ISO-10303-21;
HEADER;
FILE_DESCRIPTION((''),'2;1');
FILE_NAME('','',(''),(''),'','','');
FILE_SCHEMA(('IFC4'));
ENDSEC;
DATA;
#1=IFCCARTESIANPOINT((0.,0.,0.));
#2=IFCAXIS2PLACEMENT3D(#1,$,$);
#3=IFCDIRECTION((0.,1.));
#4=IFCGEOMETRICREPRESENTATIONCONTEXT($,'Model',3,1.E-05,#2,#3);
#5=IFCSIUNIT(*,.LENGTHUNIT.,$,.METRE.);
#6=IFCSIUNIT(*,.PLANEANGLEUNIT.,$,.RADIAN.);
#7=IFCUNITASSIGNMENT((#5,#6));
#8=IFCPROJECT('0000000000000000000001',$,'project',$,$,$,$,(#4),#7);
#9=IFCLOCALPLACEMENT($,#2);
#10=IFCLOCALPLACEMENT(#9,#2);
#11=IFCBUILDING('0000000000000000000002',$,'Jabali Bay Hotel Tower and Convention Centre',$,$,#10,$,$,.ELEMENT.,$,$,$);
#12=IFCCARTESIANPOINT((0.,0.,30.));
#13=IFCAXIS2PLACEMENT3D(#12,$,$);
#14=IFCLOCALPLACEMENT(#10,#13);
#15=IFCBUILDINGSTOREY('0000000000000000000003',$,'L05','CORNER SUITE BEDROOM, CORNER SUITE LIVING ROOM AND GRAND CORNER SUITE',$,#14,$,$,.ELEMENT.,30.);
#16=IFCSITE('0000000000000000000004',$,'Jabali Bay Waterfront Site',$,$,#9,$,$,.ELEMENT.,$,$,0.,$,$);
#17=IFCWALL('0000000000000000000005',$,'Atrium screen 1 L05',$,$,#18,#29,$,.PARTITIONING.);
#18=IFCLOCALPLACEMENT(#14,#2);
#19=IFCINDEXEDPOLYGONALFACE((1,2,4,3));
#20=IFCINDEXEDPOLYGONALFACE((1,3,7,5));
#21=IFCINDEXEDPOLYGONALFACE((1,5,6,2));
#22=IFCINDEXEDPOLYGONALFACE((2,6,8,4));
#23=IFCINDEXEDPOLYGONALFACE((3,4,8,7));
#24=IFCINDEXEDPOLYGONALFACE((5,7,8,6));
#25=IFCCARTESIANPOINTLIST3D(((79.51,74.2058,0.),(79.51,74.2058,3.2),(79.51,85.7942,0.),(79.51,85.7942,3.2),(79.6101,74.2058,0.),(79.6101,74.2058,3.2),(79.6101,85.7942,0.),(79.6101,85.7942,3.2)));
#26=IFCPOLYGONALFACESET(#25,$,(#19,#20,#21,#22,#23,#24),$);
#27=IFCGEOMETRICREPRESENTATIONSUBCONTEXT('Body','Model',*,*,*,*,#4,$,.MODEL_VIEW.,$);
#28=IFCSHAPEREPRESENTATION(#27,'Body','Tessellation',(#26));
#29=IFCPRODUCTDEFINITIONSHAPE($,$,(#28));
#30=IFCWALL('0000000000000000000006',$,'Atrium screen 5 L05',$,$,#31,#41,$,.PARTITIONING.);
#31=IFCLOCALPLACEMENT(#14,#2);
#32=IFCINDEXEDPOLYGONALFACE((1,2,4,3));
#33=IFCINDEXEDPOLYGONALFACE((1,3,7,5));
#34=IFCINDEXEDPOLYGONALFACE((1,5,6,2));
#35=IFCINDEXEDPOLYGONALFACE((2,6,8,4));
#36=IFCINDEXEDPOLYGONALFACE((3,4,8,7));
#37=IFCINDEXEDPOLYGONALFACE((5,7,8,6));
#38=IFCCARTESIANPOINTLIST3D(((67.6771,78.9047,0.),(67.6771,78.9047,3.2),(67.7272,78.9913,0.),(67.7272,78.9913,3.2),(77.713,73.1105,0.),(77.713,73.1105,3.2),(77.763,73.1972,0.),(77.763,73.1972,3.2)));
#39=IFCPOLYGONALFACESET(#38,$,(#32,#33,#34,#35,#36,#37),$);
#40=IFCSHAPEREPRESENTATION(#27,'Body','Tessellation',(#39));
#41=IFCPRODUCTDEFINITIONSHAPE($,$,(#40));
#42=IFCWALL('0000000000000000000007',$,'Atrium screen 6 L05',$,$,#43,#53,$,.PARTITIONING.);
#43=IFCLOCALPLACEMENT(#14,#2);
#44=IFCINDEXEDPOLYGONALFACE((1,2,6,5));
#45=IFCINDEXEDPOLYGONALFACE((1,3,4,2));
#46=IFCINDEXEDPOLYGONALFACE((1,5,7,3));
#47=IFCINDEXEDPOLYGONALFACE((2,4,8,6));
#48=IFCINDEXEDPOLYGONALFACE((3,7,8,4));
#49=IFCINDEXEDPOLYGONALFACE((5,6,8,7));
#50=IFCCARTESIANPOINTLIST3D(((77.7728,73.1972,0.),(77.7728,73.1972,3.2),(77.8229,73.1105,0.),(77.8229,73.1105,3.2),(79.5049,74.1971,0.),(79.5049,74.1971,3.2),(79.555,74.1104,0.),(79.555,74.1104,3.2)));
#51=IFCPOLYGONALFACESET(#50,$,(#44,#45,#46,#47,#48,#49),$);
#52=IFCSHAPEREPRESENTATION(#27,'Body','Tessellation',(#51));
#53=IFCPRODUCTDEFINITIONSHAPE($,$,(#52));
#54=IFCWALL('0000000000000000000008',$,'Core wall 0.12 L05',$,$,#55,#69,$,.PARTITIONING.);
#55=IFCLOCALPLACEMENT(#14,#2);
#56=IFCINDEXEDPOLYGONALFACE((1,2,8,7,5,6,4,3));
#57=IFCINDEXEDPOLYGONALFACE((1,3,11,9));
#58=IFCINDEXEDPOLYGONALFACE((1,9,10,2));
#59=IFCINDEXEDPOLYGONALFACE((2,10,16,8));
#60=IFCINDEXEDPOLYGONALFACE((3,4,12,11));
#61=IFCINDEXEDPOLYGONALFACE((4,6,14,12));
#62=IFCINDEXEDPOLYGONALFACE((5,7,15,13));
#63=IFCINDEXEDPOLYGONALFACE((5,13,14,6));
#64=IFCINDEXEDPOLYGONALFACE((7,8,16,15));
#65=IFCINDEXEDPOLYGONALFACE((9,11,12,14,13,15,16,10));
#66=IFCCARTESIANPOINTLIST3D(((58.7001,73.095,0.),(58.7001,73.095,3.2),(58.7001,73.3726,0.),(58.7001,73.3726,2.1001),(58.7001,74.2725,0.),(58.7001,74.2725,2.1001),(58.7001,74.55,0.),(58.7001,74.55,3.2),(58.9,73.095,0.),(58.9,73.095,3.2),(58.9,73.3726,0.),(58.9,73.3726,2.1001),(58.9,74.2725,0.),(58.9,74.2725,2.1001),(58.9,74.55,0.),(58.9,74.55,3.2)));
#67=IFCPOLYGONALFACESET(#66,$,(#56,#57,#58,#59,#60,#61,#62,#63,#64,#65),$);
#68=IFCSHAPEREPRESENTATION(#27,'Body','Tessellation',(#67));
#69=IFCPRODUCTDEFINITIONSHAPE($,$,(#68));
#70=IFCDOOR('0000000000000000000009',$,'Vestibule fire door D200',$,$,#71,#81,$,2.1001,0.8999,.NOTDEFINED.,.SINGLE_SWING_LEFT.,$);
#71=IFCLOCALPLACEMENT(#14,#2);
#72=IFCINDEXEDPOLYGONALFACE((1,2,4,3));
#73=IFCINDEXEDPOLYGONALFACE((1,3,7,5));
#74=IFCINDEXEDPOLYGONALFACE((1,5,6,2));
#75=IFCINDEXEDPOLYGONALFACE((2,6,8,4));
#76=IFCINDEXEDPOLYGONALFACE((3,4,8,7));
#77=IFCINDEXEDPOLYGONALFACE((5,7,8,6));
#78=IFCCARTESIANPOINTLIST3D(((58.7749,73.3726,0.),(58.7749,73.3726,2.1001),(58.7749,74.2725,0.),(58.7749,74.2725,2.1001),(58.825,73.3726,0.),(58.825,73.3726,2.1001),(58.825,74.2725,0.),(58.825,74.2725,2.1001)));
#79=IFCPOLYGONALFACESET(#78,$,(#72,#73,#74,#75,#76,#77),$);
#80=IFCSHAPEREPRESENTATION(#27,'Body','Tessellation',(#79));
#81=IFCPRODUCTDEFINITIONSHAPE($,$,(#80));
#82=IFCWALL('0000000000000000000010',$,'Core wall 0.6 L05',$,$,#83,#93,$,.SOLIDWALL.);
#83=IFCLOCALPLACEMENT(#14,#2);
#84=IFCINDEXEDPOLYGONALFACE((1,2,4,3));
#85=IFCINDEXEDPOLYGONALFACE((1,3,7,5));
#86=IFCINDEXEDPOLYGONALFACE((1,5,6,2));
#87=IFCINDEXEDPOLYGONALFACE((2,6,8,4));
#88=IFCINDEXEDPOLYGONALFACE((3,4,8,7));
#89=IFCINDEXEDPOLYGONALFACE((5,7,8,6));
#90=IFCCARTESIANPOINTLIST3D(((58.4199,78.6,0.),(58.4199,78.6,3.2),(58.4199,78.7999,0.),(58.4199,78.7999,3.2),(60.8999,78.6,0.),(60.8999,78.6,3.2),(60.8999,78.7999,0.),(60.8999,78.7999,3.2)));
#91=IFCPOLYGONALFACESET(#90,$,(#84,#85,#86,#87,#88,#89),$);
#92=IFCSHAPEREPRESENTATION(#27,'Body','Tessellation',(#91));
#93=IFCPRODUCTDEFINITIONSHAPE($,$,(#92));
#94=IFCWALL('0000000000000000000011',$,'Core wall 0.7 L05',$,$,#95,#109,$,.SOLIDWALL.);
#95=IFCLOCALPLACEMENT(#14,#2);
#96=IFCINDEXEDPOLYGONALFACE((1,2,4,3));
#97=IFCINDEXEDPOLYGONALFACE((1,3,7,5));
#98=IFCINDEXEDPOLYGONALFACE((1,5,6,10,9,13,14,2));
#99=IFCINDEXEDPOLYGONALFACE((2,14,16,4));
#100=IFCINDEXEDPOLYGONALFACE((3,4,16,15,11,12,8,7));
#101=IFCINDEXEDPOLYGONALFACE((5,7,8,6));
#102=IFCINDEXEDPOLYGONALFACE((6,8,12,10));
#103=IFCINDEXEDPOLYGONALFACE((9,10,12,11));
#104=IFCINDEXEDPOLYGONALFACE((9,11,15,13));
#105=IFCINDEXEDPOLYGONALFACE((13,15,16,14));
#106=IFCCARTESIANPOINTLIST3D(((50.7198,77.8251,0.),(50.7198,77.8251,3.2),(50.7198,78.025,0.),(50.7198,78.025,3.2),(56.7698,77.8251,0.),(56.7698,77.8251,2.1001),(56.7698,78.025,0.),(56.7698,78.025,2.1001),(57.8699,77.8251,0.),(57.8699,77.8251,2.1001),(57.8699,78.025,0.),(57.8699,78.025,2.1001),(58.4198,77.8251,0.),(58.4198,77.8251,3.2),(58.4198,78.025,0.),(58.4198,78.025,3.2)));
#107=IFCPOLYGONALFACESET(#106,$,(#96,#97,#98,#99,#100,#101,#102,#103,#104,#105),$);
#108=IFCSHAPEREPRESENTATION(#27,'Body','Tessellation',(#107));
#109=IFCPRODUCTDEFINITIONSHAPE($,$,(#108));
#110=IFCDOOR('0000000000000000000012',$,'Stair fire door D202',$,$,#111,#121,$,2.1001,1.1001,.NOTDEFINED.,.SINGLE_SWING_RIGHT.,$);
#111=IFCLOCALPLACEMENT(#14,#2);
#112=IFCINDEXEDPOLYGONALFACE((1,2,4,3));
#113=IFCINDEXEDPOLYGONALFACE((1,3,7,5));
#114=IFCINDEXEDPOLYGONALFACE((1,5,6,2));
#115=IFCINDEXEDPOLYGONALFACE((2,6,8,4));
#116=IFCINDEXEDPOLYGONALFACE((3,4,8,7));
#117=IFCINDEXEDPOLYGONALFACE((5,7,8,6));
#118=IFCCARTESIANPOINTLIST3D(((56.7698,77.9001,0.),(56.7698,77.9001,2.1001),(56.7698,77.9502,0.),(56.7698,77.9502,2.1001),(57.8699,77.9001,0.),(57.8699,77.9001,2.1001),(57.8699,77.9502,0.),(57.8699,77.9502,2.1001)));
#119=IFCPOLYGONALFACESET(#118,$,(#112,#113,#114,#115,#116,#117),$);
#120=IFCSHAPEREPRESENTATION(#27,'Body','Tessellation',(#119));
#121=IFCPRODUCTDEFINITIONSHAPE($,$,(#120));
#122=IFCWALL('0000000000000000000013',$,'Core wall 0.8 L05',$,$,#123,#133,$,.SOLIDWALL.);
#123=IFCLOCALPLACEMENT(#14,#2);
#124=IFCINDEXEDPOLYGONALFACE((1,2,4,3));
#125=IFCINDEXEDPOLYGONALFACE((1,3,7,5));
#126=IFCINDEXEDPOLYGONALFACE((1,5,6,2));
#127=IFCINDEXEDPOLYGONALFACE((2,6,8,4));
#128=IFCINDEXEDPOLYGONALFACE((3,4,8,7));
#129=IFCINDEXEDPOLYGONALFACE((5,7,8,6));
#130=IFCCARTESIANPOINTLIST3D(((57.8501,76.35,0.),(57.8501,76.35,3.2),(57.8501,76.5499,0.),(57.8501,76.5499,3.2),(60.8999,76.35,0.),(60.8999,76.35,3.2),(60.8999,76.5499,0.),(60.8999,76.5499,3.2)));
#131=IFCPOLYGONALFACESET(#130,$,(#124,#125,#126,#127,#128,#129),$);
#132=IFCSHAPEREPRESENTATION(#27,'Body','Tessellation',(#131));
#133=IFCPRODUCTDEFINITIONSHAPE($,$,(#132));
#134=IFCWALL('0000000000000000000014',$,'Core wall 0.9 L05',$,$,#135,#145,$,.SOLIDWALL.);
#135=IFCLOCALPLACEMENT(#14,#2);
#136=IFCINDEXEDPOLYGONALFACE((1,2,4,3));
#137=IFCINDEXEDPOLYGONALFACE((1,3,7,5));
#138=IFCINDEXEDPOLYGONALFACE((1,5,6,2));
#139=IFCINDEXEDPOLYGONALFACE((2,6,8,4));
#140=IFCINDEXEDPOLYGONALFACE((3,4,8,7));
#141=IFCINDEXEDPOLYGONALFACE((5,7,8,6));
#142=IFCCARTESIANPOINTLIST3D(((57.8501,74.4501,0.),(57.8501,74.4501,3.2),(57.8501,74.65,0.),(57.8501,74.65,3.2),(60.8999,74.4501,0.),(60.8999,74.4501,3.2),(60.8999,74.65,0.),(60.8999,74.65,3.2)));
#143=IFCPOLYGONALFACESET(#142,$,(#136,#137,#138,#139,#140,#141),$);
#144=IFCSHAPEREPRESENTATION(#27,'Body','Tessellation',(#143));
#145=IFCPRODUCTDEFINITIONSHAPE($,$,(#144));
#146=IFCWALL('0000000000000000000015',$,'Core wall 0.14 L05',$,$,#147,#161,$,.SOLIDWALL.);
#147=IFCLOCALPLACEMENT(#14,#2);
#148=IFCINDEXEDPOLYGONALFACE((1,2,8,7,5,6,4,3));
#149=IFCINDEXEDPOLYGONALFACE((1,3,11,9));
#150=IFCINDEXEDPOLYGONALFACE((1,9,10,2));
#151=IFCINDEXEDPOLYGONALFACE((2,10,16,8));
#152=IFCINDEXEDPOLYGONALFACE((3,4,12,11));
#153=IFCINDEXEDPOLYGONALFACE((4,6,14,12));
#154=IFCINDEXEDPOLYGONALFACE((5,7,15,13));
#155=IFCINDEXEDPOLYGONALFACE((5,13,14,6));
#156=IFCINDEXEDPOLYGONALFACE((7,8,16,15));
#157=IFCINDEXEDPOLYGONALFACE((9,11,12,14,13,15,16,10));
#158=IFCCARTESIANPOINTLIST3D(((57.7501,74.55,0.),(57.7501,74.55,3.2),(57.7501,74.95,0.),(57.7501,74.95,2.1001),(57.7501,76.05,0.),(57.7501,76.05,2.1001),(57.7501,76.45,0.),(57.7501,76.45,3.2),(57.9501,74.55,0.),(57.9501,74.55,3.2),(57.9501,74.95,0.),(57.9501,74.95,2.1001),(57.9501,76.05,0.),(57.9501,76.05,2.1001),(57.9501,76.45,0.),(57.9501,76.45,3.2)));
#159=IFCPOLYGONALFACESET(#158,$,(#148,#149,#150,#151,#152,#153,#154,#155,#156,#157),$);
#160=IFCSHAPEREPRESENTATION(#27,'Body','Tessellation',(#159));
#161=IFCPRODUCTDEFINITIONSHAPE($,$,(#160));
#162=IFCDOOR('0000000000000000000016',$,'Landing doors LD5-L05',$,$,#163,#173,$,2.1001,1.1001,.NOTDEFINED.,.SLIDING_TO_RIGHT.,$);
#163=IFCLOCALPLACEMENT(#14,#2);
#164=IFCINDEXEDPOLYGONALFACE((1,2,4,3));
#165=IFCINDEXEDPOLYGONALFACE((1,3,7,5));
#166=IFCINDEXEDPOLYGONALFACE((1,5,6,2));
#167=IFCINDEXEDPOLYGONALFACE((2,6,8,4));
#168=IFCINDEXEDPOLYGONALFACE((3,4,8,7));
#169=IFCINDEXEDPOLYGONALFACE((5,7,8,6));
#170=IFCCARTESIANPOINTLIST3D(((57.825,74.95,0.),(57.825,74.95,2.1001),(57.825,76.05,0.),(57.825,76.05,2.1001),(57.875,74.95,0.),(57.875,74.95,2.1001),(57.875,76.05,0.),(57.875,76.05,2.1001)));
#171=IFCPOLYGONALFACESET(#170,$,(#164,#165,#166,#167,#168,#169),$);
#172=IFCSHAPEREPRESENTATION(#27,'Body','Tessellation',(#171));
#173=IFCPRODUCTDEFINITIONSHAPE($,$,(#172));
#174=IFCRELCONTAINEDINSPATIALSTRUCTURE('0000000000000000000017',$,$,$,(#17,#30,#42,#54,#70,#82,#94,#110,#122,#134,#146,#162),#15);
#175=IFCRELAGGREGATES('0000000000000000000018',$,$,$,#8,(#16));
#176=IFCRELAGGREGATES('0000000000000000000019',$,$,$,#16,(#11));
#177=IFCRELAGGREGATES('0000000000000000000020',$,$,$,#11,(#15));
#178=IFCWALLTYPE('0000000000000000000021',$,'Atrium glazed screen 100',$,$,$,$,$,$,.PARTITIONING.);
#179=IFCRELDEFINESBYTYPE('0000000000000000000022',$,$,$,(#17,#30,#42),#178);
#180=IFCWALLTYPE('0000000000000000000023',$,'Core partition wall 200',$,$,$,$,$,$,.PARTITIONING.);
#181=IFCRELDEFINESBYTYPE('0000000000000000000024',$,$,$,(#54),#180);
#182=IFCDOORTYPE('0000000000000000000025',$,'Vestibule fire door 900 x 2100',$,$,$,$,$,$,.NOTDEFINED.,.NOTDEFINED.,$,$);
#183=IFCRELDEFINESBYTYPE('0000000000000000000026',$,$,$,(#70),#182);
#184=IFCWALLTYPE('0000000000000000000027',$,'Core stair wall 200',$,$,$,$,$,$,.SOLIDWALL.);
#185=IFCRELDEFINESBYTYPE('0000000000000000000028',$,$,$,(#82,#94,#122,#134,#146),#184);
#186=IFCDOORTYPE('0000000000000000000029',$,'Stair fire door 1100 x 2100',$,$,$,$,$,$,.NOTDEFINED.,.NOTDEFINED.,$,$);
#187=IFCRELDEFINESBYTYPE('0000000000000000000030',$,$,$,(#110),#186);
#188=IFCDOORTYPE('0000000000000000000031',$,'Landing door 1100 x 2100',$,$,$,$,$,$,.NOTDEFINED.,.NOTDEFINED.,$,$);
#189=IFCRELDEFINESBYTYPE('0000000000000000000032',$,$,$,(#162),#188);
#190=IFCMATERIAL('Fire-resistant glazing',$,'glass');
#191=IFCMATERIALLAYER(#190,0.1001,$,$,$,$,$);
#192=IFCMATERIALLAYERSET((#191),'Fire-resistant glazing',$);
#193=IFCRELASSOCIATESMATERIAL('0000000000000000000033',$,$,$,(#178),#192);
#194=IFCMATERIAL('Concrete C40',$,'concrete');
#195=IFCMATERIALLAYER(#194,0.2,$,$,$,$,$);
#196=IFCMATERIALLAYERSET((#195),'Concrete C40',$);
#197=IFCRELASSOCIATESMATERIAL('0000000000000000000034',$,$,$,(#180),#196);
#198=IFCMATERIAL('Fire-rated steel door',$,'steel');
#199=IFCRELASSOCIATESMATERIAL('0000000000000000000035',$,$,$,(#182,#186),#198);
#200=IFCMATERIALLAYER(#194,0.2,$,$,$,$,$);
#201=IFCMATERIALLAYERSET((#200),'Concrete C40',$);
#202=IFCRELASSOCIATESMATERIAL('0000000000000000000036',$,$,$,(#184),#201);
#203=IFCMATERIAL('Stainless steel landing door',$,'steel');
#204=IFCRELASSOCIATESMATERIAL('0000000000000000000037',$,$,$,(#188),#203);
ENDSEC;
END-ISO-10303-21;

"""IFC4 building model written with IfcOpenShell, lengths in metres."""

from ifc_helpers import new_model, si_unit, direction, frame, frame_2d, origin, place, context, subcontext, project, spatial, rectangle, extrude, material, layer, layer_set, type_object, element, fill, save


model = new_model("IFC4")

# Units and contexts
model_context = context("Model", 3, precision=1e-05, world=origin(), true_north=direction((0.0, 1.0)))
body_context = subcontext(model_context, "Body", "Model", "MODEL_VIEW")
ifc_project = project(units=[si_unit("LENGTHUNIT", "METRE"), si_unit("PLANEANGLEUNIT", "RADIAN")], contexts=[model_context])

# Site, building, storey
site_placement = place(None, origin())
site = spatial("IfcSite", under=ifc_project, at=site_placement, Name="Jabali Bay Waterfront Site", CompositionType="ELEMENT", RefElevation=0.0)
building_placement = place(site_placement, origin())
building = spatial("IfcBuilding", under=site, at=building_placement, Name="Jabali Bay Hotel Tower and Convention Centre", CompositionType="ELEMENT")
storey_placement = place(building_placement, frame((0.0, 0.0, 30.0)))
storey = spatial("IfcBuildingStorey", under=building, at=storey_placement, Name="L05", Description="CORNER SUITE BEDROOM, CORNER SUITE LIVING ROOM AND GRAND CORNER SUITE", CompositionType="ELEMENT", Elevation=30.0)

# Walls
ifc_material_1 = material(Name="Fire-resistant glazing", Category="glass")
ifc_layer_1 = layer(ifc_material_1, 0.1001)
ifc_layer_set_1 = layer_set([ifc_layer_1], Name="Fire-resistant glazing")
wall_type_1 = type_object("IfcWallType", Name="Atrium glazed screen 100", PredefinedType="PARTITIONING", material=ifc_layer_set_1)
for number, where, z_axis, x_axis, name in (
    (1, (79.5601, 74.2058, 0.0), (0.0, 0.0, 1.0), (0.0, 1.0, 0.0), "Atrium screen 1 L05"),
    (2, (67.7021, 78.948, 0.0), (0.0, 0.0, 1.0), (0.866027, -0.499998, 0.0), "Atrium screen 5 L05"),
):
    element("IfcWall", number, at=place(storey_placement, frame(where, z_axis=z_axis, x_axis=x_axis)), inside=storey, type_object=wall_type_1, Name=name, PredefinedType="PARTITIONING", context=body_context, shape_type="SweptSolid", body=[
        extrude(rectangle(XDim=11.5884, YDim=0.1001, at=frame_2d((5.7942, 0.0))), origin(), (0.0, 0.0, 1.0), 3.2),
    ])
wall_1_placement = place(storey_placement, frame((77.7979, 73.1538, 0.0), z_axis=(0.0, 0.0, 1.0), x_axis=(0.866041, 0.499973, 0.0)))
element("IfcWall", 3, at=wall_1_placement, inside=storey, type_object=wall_type_1, Name="Atrium screen 6 L05", PredefinedType="PARTITIONING", context=body_context, shape_type="SweptSolid", body=[
    extrude(rectangle(XDim=2.0, YDim=0.1001, at=frame_2d((1.0, 0.0))), origin(), (0.0, 0.0, 1.0), 3.2),
])

# Wall, opening, door
ifc_material_2 = material(Name="Concrete C40", Category="concrete")
ifc_layer_2 = layer(ifc_material_2, 0.2)
ifc_layer_set_2 = layer_set([ifc_layer_2], Name="Concrete C40")
wall_type_2 = type_object("IfcWallType", Name="Core partition wall 200", PredefinedType="PARTITIONING", material=ifc_layer_set_2)
wall_2_placement = place(storey_placement, frame((58.8, 74.55, 0.0), z_axis=(0.0, 0.0, 1.0), x_axis=(0.0, -1.0, 0.0)))
wall_2 = element("IfcWall", 4, at=wall_2_placement, inside=storey, type_object=wall_type_2, Name="Core wall 0.12 L05", PredefinedType="PARTITIONING", context=body_context, shape_type="SweptSolid", body=[
    extrude(rectangle(XDim=1.4551, YDim=0.2, at=frame_2d((0.7275, 0.0))), origin(), (0.0, 0.0, 1.0), 3.2),
])
opening_1_placement = place(wall_2_placement, frame((0.2776, 0.0, 0.0)))
opening_1 = element("IfcOpeningElement", 5, at=opening_1_placement, cuts=wall_2, PredefinedType="OPENING", context=body_context, shape_type="SweptSolid", body=[
    extrude(rectangle(XDim=0.8999, YDim=2.1001, at=frame_2d((0.45, 1.05))), frame((0.0, 0.1104, 0.0), z_axis=(0.0, -1.0, 0.0), x_axis=(1.0, 0.0, 0.0)), (0.0, 0.0, 1.0), 0.2209),
])
ifc_material_3 = material(Name="Fire-rated steel door", Category="steel")
door_type_1 = type_object("IfcDoorType", Name="Vestibule fire door 900 x 2100", OperationType="NOTDEFINED", PredefinedType="NOTDEFINED", material=ifc_material_3)
door_1_placement = place(opening_1_placement, origin())
door_1 = element("IfcDoor", 6, at=door_1_placement, inside=storey, type_object=door_type_1, Name="Vestibule fire door D200", OperationType="SINGLE_SWING_LEFT", OverallHeight=2.1001, OverallWidth=0.8999, PredefinedType="NOTDEFINED", context=body_context, shape_type="SweptSolid", body=[
    extrude(rectangle(XDim=0.8999, YDim=2.1001, at=frame_2d((0.45, 1.05))), frame((0.0, 0.0249, 0.0), z_axis=(0.0, -1.0, 0.0), x_axis=(1.0, 0.0, 0.0)), (0.0, 0.0, 1.0), 0.05),
])
fill(opening_1, door_1)

# Wall
ifc_layer_3 = layer(ifc_material_2, 0.2)
ifc_layer_set_3 = layer_set([ifc_layer_3], Name="Concrete C40")
wall_type_3 = type_object("IfcWallType", Name="Core stair wall 200", PredefinedType="SOLIDWALL", material=ifc_layer_set_3)
wall_3_placement = place(storey_placement, frame((60.8999, 78.7, 0.0), z_axis=(0.0, 0.0, 1.0), x_axis=(-1.0, 0.0, 0.0)))
element("IfcWall", 7, at=wall_3_placement, inside=storey, type_object=wall_type_3, Name="Core wall 0.6 L05", PredefinedType="SOLIDWALL", context=body_context, shape_type="SweptSolid", body=[
    extrude(rectangle(XDim=2.48, YDim=0.2, at=frame_2d((1.24, 0.0))), origin(), (0.0, 0.0, 1.0), 3.2),
])

# Wall, opening, door
wall_4_placement = place(storey_placement, frame((58.4199, 77.925, 0.0), z_axis=(0.0, 0.0, 1.0), x_axis=(-1.0, 0.0, 0.0)))
wall_4 = element("IfcWall", 8, at=wall_4_placement, inside=storey, type_object=wall_type_3, Name="Core wall 0.7 L05", PredefinedType="SOLIDWALL", context=body_context, shape_type="SweptSolid", body=[
    extrude(rectangle(XDim=7.7, YDim=0.2, at=frame_2d((3.8501, 0.0))), origin(), (0.0, 0.0, 1.0), 3.2),
])
opening_2_placement = place(wall_4_placement, frame((0.55, 0.0, 0.0)))
opening_2 = element("IfcOpeningElement", 9, at=opening_2_placement, cuts=wall_4, PredefinedType="OPENING", context=body_context, shape_type="SweptSolid", body=[
    extrude(rectangle(XDim=1.1001, YDim=2.1001, at=frame_2d((0.55, 1.05))), frame((0.0, 0.1104, 0.0), z_axis=(0.0, -1.0, 0.0), x_axis=(1.0, 0.0, 0.0)), (0.0, 0.0, 1.0), 0.2209),
])
door_type_2 = type_object("IfcDoorType", Name="Stair fire door 1100 x 2100", OperationType="NOTDEFINED", PredefinedType="NOTDEFINED", material=ifc_material_3)
door_2_placement = place(opening_2_placement, origin())
door_2 = element("IfcDoor", 10, at=door_2_placement, inside=storey, type_object=door_type_2, Name="Stair fire door D202", OperationType="SINGLE_SWING_RIGHT", OverallHeight=2.1001, OverallWidth=1.1001, PredefinedType="NOTDEFINED", context=body_context, shape_type="SweptSolid", body=[
    extrude(rectangle(XDim=1.1001, YDim=2.1001, at=frame_2d((0.55, 1.05))), frame((0.0, 0.0249, 0.0), z_axis=(0.0, -1.0, 0.0), x_axis=(1.0, 0.0, 0.0)), (0.0, 0.0, 1.0), 0.05),
])
fill(opening_2, door_2)

# Walls
for number, where, z_axis, x_axis, name in (
    (11, (60.8999, 76.45, 0.0), (0.0, 0.0, 1.0), (-1.0, 0.0, 0.0), "Core wall 0.8 L05"),
    (12, (60.8999, 74.55, 0.0), (0.0, 0.0, 1.0), (-1.0, 0.0, 0.0), "Core wall 0.9 L05"),
):
    element("IfcWall", number, at=place(storey_placement, frame(where, z_axis=z_axis, x_axis=x_axis)), inside=storey, type_object=wall_type_3, Name=name, PredefinedType="SOLIDWALL", context=body_context, shape_type="SweptSolid", body=[
        extrude(rectangle(XDim=3.0498, YDim=0.2, at=frame_2d((1.5249, 0.0))), origin(), (0.0, 0.0, 1.0), 3.2),
    ])

# Wall, opening, door
wall_5_placement = place(storey_placement, frame((57.8501, 76.45, 0.0), z_axis=(0.0, 0.0, 1.0), x_axis=(0.0, -1.0, 0.0)))
wall_5 = element("IfcWall", 13, at=wall_5_placement, inside=storey, type_object=wall_type_3, Name="Core wall 0.14 L05", PredefinedType="SOLIDWALL", context=body_context, shape_type="SweptSolid", body=[
    extrude(rectangle(XDim=1.8999, YDim=0.2, at=frame_2d((0.95, 0.0))), origin(), (0.0, 0.0, 1.0), 3.2),
])
opening_3_placement = place(wall_5_placement, frame((0.3999, 0.0, 0.0)))
opening_3 = element("IfcOpeningElement", 14, at=opening_3_placement, cuts=wall_5, PredefinedType="OPENING", context=body_context, shape_type="SweptSolid", body=[
    extrude(rectangle(XDim=1.1001, YDim=2.1001, at=frame_2d((0.55, 1.05))), frame((0.0, 0.1104, 0.0), z_axis=(0.0, -1.0, 0.0), x_axis=(1.0, 0.0, 0.0)), (0.0, 0.0, 1.0), 0.2209),
])
ifc_material_4 = material(Name="Stainless steel landing door", Category="steel")
door_type_3 = type_object("IfcDoorType", Name="Landing door 1100 x 2100", OperationType="NOTDEFINED", PredefinedType="NOTDEFINED", material=ifc_material_4)
door_3_placement = place(opening_3_placement, origin())
door_3 = element("IfcDoor", 15, at=door_3_placement, inside=storey, type_object=door_type_3, Name="Landing doors LD5-L05", OperationType="SLIDING_TO_RIGHT", OverallHeight=2.1001, OverallWidth=1.1001, PredefinedType="NOTDEFINED", context=body_context, shape_type="SweptSolid", body=[
    extrude(rectangle(XDim=1.1001, YDim=2.1001, at=frame_2d((0.55, 1.05))), frame((0.0, 0.0249, 0.0), z_axis=(0.0, -1.0, 0.0), x_axis=(1.0, 0.0, 0.0)), (0.0, 0.0, 1.0), 0.05),
])
fill(opening_3, door_3)

save(model, "model.ifc")
